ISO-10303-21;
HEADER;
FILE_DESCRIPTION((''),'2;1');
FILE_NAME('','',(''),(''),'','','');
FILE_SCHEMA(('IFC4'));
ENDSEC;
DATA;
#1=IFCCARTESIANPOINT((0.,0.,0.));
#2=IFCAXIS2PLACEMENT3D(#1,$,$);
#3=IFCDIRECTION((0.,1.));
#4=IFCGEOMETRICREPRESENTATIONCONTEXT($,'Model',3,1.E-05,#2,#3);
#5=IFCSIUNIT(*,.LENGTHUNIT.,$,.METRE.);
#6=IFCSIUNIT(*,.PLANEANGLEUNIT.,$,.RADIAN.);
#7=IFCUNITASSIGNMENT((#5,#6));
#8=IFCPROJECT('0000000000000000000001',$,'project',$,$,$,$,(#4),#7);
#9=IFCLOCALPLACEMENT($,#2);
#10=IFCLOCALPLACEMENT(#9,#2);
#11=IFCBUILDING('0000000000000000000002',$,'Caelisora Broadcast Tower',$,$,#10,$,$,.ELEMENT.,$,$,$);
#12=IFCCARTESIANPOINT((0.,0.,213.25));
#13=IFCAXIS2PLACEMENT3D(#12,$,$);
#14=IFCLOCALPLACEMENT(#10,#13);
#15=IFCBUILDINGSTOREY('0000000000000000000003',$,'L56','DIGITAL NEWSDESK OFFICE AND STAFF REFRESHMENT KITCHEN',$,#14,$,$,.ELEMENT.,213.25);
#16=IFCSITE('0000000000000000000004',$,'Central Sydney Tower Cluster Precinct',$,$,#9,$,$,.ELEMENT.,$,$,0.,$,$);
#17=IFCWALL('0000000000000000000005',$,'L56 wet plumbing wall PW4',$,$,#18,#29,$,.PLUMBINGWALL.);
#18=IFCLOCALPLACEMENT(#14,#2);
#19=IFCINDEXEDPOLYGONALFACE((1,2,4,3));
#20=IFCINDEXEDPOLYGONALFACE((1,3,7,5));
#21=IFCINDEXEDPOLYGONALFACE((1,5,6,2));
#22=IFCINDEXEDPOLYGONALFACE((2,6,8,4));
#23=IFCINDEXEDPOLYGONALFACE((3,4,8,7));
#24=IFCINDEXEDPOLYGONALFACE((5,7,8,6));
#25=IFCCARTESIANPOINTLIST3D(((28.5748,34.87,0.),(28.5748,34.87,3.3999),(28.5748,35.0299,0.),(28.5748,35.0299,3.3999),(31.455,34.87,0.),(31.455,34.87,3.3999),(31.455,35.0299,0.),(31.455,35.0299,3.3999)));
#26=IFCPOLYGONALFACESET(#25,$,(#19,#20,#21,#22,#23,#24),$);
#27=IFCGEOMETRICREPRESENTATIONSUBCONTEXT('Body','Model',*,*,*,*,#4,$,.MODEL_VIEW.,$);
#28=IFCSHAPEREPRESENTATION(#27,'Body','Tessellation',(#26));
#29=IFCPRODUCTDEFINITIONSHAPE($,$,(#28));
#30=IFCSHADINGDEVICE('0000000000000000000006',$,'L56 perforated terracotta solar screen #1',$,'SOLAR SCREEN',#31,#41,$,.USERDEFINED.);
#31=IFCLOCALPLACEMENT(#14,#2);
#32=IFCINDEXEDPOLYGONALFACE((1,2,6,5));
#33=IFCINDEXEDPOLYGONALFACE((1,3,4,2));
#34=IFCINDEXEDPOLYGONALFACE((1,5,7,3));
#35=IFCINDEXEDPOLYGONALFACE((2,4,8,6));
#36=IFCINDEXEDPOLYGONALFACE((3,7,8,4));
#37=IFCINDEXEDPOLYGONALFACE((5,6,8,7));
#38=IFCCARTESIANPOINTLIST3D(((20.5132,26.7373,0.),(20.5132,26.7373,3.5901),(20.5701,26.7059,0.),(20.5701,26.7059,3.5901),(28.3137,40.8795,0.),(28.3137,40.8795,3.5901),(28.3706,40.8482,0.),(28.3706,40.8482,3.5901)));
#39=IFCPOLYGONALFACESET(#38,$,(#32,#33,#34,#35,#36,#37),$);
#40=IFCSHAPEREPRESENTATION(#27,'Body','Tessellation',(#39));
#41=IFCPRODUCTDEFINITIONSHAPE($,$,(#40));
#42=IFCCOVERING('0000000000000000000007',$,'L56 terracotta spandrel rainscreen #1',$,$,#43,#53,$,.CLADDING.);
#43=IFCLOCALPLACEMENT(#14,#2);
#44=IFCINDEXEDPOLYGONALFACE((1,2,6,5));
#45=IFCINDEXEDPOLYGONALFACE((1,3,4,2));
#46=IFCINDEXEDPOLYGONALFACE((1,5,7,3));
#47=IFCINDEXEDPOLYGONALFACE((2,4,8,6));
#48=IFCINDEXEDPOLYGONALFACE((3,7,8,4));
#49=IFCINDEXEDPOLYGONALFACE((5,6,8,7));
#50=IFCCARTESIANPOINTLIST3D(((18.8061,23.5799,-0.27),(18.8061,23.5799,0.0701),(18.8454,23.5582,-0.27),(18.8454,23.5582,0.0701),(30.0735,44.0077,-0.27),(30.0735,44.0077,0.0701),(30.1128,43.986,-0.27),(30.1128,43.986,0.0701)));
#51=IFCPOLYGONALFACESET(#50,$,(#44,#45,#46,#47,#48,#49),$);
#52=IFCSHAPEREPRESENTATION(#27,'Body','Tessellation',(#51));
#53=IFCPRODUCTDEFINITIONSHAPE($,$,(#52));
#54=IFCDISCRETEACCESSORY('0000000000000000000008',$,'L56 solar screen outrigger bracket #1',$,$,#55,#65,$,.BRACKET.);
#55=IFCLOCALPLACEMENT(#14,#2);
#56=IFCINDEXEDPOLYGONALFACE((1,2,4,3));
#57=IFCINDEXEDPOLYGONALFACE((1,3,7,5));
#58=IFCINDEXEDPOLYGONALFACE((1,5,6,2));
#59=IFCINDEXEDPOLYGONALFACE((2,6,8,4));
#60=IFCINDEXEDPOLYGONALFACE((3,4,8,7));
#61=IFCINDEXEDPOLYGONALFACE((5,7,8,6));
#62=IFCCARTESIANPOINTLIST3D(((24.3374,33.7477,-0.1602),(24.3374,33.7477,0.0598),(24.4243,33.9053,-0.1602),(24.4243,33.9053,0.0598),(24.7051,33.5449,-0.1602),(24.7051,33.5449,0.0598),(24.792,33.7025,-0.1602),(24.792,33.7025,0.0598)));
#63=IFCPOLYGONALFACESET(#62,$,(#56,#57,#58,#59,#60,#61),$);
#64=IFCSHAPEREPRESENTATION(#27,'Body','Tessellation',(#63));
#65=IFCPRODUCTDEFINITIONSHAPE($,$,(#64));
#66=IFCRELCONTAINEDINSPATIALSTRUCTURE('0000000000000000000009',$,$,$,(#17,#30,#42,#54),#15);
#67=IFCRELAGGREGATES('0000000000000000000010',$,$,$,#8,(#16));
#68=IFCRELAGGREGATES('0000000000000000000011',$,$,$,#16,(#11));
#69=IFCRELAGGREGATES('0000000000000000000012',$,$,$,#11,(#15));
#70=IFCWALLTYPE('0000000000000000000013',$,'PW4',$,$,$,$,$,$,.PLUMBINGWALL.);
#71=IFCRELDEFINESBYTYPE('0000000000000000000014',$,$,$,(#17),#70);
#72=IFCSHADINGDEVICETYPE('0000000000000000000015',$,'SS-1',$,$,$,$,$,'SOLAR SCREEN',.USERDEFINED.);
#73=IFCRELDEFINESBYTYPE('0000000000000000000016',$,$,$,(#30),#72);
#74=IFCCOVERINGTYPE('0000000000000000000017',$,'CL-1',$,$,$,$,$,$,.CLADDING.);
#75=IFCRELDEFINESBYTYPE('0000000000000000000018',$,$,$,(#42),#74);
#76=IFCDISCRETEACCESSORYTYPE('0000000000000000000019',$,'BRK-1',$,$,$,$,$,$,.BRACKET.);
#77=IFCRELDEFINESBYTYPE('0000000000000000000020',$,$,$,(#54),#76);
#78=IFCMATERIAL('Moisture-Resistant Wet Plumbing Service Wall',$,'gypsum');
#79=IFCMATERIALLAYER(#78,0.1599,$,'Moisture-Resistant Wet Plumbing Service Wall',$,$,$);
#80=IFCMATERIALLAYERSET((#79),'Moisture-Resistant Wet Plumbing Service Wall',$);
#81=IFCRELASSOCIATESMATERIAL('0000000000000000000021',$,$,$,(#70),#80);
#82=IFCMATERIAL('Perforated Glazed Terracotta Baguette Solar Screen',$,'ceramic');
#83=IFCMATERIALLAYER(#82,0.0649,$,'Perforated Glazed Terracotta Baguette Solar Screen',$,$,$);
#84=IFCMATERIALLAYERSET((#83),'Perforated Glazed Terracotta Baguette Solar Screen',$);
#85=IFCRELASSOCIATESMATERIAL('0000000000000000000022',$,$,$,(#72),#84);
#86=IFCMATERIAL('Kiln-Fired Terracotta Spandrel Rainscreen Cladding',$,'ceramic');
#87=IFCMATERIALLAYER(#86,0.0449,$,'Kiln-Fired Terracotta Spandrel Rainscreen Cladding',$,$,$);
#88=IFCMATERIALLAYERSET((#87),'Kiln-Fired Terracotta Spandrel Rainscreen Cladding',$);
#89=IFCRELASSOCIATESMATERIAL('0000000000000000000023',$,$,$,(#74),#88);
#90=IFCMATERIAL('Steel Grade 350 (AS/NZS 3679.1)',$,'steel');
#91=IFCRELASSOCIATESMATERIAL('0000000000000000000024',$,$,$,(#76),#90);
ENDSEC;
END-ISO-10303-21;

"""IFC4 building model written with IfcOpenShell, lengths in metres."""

from ifc_helpers import new_model, si_unit, direction, frame, frame_2d, origin, origin_2d, place, context, subcontext, project, spatial, rectangle, extrude, source, transform, mapped, material, layer, layer_set, type_object, type_shapes, element, save


model = new_model("IFC4")

# Units and contexts
model_context = context("Model", 3, precision=1e-05, world=origin(), true_north=direction((0.0, 1.0)))
body_context = subcontext(model_context, "Body", "Model", "MODEL_VIEW")
ifc_project = project(units=[si_unit("LENGTHUNIT", "METRE"), si_unit("PLANEANGLEUNIT", "RADIAN")], contexts=[model_context])

# Site, building, storey
site_placement = place(None, origin())
site = spatial("IfcSite", under=ifc_project, at=site_placement, Name="Central Sydney Tower Cluster Precinct", CompositionType="ELEMENT", RefElevation=0.0)
building_placement = place(site_placement, origin())
building = spatial("IfcBuilding", under=site, at=building_placement, Name="Caelisora Broadcast Tower", CompositionType="ELEMENT")
storey_placement = place(building_placement, frame((0.0, 0.0, 213.25)))
storey = spatial("IfcBuildingStorey", under=building, at=storey_placement, Name="L56", Description="DIGITAL NEWSDESK OFFICE AND STAFF REFRESHMENT KITCHEN", CompositionType="ELEMENT", Elevation=213.25)

# Shared definitions
ifc_material_1 = material(Name="Steel Grade 350 (AS/NZS 3679.1)", Category="steel")

# Shared definitions
ifc_material_2 = material(Name="Moisture-Resistant Wet Plumbing Service Wall", Category="gypsum")
ifc_layer_1 = layer(ifc_material_2, 0.1599, Name="Moisture-Resistant Wet Plumbing Service Wall")
ifc_layer_set_1 = layer_set([ifc_layer_1], Name="Moisture-Resistant Wet Plumbing Service Wall")
wall_type_1 = type_object("IfcWallType", Name="PW4", PredefinedType="PLUMBINGWALL", material=ifc_layer_set_1)

# Wall
wall_1_placement = place(storey_placement, frame((28.575, 34.95, 0.0), z_axis=(0.0, 0.0, 1.0), x_axis=(1.0, 0.0, 0.0)))
element("IfcWall", 1, at=wall_1_placement, inside=storey, type_object=wall_type_1, Name="L56 wet plumbing wall PW4", PredefinedType="PLUMBINGWALL", context=body_context, shape_type="SweptSolid", body=[
    extrude(rectangle(XDim=2.8801, YDim=0.1599, at=frame_2d((1.4399, 0.0))), origin(), (0.0, 0.0, 1.0), 3.3999),
])

# Shading device
ifc_material_3 = material(Name="Perforated Glazed Terracotta Baguette Solar Screen", Category="ceramic")
ifc_layer_2 = layer(ifc_material_3, 0.0649, Name="Perforated Glazed Terracotta Baguette Solar Screen")
ifc_layer_set_2 = layer_set([ifc_layer_2], Name="Perforated Glazed Terracotta Baguette Solar Screen")
shading_device_type = type_object("IfcShadingDeviceType", Name="SS-1", ElementType="SOLAR SCREEN", PredefinedType="USERDEFINED", material=ifc_layer_set_2)
shared_shape_1 = source(origin(), body_context, "Body", "SweptSolid", [
    extrude(rectangle(XDim=16.1509, YDim=0.0649, at=origin_2d()), origin(), (0.0, 0.0, 1.0), 3.5901),
])
type_shapes(shading_device_type, [shared_shape_1])
shading_device_placement = place(storey_placement, frame((24.4419, 33.7927, 0.0), z_axis=(0.0, 0.0, 1.0), x_axis=(-0.482977, -0.875633, 0.0)))
element("IfcShadingDevice", 2, at=shading_device_placement, inside=storey, type_object=shading_device_type, Name="L56 perforated terracotta solar screen #1", ObjectType="SOLAR SCREEN", PredefinedType="USERDEFINED", context=body_context, shape_type="MappedRepresentation", body=[
    mapped(shared_shape_1, transform((0.0, 0.0, 0.0), scale=1.0)),
])

# Covering
ifc_material_4 = material(Name="Kiln-Fired Terracotta Spandrel Rainscreen Cladding", Category="ceramic")
ifc_layer_3 = layer(ifc_material_4, 0.0449, Name="Kiln-Fired Terracotta Spandrel Rainscreen Cladding")
ifc_layer_set_3 = layer_set([ifc_layer_3], Name="Kiln-Fired Terracotta Spandrel Rainscreen Cladding")
covering_type = type_object("IfcCoveringType", Name="CL-1", PredefinedType="CLADDING", material=ifc_layer_set_3)
shared_shape_2 = source(origin(), body_context, "Body", "SweptSolid", [
    extrude(rectangle(XDim=23.3291, YDim=0.0449, at=origin_2d()), origin(), (0.0, 0.0, 1.0), 0.3401),
])
type_shapes(covering_type, [shared_shape_2])
covering_placement = place(storey_placement, frame((24.4595, 33.783, -0.27), z_axis=(0.0, 0.0, 1.0), x_axis=(-0.482977, -0.875633, 0.0)))
element("IfcCovering", 3, at=covering_placement, inside=storey, type_object=covering_type, Name="L56 terracotta spandrel rainscreen #1", PredefinedType="CLADDING", context=body_context, shape_type="MappedRepresentation", body=[
    mapped(shared_shape_2, transform((0.0, 0.0, 0.0), scale=1.0)),
])

# Discrete accessory
discrete_accessory_type = type_object("IfcDiscreteAccessoryType", Name="BRK-1", PredefinedType="BRACKET", material=ifc_material_1)
shared_shape_3 = source(origin(), body_context, "Body", "SweptSolid", [
    extrude(rectangle(XDim=0.1799, YDim=0.4199, at=origin_2d()), origin(), (0.0, 0.0, 1.0), 0.22),
])
type_shapes(discrete_accessory_type, [shared_shape_3])
discrete_accessory_placement = place(storey_placement, frame((24.5647, 33.7251, -0.1602), z_axis=(0.0, 0.0, 1.0), x_axis=(-0.482977, -0.875633, 0.0)))
element("IfcDiscreteAccessory", 4, at=discrete_accessory_placement, inside=storey, type_object=discrete_accessory_type, Name="L56 solar screen outrigger bracket #1", PredefinedType="BRACKET", context=body_context, shape_type="MappedRepresentation", body=[
    mapped(shared_shape_3, transform((0.0, 0.0, 0.0), scale=1.0)),
])

save(model, "model.ifc")
